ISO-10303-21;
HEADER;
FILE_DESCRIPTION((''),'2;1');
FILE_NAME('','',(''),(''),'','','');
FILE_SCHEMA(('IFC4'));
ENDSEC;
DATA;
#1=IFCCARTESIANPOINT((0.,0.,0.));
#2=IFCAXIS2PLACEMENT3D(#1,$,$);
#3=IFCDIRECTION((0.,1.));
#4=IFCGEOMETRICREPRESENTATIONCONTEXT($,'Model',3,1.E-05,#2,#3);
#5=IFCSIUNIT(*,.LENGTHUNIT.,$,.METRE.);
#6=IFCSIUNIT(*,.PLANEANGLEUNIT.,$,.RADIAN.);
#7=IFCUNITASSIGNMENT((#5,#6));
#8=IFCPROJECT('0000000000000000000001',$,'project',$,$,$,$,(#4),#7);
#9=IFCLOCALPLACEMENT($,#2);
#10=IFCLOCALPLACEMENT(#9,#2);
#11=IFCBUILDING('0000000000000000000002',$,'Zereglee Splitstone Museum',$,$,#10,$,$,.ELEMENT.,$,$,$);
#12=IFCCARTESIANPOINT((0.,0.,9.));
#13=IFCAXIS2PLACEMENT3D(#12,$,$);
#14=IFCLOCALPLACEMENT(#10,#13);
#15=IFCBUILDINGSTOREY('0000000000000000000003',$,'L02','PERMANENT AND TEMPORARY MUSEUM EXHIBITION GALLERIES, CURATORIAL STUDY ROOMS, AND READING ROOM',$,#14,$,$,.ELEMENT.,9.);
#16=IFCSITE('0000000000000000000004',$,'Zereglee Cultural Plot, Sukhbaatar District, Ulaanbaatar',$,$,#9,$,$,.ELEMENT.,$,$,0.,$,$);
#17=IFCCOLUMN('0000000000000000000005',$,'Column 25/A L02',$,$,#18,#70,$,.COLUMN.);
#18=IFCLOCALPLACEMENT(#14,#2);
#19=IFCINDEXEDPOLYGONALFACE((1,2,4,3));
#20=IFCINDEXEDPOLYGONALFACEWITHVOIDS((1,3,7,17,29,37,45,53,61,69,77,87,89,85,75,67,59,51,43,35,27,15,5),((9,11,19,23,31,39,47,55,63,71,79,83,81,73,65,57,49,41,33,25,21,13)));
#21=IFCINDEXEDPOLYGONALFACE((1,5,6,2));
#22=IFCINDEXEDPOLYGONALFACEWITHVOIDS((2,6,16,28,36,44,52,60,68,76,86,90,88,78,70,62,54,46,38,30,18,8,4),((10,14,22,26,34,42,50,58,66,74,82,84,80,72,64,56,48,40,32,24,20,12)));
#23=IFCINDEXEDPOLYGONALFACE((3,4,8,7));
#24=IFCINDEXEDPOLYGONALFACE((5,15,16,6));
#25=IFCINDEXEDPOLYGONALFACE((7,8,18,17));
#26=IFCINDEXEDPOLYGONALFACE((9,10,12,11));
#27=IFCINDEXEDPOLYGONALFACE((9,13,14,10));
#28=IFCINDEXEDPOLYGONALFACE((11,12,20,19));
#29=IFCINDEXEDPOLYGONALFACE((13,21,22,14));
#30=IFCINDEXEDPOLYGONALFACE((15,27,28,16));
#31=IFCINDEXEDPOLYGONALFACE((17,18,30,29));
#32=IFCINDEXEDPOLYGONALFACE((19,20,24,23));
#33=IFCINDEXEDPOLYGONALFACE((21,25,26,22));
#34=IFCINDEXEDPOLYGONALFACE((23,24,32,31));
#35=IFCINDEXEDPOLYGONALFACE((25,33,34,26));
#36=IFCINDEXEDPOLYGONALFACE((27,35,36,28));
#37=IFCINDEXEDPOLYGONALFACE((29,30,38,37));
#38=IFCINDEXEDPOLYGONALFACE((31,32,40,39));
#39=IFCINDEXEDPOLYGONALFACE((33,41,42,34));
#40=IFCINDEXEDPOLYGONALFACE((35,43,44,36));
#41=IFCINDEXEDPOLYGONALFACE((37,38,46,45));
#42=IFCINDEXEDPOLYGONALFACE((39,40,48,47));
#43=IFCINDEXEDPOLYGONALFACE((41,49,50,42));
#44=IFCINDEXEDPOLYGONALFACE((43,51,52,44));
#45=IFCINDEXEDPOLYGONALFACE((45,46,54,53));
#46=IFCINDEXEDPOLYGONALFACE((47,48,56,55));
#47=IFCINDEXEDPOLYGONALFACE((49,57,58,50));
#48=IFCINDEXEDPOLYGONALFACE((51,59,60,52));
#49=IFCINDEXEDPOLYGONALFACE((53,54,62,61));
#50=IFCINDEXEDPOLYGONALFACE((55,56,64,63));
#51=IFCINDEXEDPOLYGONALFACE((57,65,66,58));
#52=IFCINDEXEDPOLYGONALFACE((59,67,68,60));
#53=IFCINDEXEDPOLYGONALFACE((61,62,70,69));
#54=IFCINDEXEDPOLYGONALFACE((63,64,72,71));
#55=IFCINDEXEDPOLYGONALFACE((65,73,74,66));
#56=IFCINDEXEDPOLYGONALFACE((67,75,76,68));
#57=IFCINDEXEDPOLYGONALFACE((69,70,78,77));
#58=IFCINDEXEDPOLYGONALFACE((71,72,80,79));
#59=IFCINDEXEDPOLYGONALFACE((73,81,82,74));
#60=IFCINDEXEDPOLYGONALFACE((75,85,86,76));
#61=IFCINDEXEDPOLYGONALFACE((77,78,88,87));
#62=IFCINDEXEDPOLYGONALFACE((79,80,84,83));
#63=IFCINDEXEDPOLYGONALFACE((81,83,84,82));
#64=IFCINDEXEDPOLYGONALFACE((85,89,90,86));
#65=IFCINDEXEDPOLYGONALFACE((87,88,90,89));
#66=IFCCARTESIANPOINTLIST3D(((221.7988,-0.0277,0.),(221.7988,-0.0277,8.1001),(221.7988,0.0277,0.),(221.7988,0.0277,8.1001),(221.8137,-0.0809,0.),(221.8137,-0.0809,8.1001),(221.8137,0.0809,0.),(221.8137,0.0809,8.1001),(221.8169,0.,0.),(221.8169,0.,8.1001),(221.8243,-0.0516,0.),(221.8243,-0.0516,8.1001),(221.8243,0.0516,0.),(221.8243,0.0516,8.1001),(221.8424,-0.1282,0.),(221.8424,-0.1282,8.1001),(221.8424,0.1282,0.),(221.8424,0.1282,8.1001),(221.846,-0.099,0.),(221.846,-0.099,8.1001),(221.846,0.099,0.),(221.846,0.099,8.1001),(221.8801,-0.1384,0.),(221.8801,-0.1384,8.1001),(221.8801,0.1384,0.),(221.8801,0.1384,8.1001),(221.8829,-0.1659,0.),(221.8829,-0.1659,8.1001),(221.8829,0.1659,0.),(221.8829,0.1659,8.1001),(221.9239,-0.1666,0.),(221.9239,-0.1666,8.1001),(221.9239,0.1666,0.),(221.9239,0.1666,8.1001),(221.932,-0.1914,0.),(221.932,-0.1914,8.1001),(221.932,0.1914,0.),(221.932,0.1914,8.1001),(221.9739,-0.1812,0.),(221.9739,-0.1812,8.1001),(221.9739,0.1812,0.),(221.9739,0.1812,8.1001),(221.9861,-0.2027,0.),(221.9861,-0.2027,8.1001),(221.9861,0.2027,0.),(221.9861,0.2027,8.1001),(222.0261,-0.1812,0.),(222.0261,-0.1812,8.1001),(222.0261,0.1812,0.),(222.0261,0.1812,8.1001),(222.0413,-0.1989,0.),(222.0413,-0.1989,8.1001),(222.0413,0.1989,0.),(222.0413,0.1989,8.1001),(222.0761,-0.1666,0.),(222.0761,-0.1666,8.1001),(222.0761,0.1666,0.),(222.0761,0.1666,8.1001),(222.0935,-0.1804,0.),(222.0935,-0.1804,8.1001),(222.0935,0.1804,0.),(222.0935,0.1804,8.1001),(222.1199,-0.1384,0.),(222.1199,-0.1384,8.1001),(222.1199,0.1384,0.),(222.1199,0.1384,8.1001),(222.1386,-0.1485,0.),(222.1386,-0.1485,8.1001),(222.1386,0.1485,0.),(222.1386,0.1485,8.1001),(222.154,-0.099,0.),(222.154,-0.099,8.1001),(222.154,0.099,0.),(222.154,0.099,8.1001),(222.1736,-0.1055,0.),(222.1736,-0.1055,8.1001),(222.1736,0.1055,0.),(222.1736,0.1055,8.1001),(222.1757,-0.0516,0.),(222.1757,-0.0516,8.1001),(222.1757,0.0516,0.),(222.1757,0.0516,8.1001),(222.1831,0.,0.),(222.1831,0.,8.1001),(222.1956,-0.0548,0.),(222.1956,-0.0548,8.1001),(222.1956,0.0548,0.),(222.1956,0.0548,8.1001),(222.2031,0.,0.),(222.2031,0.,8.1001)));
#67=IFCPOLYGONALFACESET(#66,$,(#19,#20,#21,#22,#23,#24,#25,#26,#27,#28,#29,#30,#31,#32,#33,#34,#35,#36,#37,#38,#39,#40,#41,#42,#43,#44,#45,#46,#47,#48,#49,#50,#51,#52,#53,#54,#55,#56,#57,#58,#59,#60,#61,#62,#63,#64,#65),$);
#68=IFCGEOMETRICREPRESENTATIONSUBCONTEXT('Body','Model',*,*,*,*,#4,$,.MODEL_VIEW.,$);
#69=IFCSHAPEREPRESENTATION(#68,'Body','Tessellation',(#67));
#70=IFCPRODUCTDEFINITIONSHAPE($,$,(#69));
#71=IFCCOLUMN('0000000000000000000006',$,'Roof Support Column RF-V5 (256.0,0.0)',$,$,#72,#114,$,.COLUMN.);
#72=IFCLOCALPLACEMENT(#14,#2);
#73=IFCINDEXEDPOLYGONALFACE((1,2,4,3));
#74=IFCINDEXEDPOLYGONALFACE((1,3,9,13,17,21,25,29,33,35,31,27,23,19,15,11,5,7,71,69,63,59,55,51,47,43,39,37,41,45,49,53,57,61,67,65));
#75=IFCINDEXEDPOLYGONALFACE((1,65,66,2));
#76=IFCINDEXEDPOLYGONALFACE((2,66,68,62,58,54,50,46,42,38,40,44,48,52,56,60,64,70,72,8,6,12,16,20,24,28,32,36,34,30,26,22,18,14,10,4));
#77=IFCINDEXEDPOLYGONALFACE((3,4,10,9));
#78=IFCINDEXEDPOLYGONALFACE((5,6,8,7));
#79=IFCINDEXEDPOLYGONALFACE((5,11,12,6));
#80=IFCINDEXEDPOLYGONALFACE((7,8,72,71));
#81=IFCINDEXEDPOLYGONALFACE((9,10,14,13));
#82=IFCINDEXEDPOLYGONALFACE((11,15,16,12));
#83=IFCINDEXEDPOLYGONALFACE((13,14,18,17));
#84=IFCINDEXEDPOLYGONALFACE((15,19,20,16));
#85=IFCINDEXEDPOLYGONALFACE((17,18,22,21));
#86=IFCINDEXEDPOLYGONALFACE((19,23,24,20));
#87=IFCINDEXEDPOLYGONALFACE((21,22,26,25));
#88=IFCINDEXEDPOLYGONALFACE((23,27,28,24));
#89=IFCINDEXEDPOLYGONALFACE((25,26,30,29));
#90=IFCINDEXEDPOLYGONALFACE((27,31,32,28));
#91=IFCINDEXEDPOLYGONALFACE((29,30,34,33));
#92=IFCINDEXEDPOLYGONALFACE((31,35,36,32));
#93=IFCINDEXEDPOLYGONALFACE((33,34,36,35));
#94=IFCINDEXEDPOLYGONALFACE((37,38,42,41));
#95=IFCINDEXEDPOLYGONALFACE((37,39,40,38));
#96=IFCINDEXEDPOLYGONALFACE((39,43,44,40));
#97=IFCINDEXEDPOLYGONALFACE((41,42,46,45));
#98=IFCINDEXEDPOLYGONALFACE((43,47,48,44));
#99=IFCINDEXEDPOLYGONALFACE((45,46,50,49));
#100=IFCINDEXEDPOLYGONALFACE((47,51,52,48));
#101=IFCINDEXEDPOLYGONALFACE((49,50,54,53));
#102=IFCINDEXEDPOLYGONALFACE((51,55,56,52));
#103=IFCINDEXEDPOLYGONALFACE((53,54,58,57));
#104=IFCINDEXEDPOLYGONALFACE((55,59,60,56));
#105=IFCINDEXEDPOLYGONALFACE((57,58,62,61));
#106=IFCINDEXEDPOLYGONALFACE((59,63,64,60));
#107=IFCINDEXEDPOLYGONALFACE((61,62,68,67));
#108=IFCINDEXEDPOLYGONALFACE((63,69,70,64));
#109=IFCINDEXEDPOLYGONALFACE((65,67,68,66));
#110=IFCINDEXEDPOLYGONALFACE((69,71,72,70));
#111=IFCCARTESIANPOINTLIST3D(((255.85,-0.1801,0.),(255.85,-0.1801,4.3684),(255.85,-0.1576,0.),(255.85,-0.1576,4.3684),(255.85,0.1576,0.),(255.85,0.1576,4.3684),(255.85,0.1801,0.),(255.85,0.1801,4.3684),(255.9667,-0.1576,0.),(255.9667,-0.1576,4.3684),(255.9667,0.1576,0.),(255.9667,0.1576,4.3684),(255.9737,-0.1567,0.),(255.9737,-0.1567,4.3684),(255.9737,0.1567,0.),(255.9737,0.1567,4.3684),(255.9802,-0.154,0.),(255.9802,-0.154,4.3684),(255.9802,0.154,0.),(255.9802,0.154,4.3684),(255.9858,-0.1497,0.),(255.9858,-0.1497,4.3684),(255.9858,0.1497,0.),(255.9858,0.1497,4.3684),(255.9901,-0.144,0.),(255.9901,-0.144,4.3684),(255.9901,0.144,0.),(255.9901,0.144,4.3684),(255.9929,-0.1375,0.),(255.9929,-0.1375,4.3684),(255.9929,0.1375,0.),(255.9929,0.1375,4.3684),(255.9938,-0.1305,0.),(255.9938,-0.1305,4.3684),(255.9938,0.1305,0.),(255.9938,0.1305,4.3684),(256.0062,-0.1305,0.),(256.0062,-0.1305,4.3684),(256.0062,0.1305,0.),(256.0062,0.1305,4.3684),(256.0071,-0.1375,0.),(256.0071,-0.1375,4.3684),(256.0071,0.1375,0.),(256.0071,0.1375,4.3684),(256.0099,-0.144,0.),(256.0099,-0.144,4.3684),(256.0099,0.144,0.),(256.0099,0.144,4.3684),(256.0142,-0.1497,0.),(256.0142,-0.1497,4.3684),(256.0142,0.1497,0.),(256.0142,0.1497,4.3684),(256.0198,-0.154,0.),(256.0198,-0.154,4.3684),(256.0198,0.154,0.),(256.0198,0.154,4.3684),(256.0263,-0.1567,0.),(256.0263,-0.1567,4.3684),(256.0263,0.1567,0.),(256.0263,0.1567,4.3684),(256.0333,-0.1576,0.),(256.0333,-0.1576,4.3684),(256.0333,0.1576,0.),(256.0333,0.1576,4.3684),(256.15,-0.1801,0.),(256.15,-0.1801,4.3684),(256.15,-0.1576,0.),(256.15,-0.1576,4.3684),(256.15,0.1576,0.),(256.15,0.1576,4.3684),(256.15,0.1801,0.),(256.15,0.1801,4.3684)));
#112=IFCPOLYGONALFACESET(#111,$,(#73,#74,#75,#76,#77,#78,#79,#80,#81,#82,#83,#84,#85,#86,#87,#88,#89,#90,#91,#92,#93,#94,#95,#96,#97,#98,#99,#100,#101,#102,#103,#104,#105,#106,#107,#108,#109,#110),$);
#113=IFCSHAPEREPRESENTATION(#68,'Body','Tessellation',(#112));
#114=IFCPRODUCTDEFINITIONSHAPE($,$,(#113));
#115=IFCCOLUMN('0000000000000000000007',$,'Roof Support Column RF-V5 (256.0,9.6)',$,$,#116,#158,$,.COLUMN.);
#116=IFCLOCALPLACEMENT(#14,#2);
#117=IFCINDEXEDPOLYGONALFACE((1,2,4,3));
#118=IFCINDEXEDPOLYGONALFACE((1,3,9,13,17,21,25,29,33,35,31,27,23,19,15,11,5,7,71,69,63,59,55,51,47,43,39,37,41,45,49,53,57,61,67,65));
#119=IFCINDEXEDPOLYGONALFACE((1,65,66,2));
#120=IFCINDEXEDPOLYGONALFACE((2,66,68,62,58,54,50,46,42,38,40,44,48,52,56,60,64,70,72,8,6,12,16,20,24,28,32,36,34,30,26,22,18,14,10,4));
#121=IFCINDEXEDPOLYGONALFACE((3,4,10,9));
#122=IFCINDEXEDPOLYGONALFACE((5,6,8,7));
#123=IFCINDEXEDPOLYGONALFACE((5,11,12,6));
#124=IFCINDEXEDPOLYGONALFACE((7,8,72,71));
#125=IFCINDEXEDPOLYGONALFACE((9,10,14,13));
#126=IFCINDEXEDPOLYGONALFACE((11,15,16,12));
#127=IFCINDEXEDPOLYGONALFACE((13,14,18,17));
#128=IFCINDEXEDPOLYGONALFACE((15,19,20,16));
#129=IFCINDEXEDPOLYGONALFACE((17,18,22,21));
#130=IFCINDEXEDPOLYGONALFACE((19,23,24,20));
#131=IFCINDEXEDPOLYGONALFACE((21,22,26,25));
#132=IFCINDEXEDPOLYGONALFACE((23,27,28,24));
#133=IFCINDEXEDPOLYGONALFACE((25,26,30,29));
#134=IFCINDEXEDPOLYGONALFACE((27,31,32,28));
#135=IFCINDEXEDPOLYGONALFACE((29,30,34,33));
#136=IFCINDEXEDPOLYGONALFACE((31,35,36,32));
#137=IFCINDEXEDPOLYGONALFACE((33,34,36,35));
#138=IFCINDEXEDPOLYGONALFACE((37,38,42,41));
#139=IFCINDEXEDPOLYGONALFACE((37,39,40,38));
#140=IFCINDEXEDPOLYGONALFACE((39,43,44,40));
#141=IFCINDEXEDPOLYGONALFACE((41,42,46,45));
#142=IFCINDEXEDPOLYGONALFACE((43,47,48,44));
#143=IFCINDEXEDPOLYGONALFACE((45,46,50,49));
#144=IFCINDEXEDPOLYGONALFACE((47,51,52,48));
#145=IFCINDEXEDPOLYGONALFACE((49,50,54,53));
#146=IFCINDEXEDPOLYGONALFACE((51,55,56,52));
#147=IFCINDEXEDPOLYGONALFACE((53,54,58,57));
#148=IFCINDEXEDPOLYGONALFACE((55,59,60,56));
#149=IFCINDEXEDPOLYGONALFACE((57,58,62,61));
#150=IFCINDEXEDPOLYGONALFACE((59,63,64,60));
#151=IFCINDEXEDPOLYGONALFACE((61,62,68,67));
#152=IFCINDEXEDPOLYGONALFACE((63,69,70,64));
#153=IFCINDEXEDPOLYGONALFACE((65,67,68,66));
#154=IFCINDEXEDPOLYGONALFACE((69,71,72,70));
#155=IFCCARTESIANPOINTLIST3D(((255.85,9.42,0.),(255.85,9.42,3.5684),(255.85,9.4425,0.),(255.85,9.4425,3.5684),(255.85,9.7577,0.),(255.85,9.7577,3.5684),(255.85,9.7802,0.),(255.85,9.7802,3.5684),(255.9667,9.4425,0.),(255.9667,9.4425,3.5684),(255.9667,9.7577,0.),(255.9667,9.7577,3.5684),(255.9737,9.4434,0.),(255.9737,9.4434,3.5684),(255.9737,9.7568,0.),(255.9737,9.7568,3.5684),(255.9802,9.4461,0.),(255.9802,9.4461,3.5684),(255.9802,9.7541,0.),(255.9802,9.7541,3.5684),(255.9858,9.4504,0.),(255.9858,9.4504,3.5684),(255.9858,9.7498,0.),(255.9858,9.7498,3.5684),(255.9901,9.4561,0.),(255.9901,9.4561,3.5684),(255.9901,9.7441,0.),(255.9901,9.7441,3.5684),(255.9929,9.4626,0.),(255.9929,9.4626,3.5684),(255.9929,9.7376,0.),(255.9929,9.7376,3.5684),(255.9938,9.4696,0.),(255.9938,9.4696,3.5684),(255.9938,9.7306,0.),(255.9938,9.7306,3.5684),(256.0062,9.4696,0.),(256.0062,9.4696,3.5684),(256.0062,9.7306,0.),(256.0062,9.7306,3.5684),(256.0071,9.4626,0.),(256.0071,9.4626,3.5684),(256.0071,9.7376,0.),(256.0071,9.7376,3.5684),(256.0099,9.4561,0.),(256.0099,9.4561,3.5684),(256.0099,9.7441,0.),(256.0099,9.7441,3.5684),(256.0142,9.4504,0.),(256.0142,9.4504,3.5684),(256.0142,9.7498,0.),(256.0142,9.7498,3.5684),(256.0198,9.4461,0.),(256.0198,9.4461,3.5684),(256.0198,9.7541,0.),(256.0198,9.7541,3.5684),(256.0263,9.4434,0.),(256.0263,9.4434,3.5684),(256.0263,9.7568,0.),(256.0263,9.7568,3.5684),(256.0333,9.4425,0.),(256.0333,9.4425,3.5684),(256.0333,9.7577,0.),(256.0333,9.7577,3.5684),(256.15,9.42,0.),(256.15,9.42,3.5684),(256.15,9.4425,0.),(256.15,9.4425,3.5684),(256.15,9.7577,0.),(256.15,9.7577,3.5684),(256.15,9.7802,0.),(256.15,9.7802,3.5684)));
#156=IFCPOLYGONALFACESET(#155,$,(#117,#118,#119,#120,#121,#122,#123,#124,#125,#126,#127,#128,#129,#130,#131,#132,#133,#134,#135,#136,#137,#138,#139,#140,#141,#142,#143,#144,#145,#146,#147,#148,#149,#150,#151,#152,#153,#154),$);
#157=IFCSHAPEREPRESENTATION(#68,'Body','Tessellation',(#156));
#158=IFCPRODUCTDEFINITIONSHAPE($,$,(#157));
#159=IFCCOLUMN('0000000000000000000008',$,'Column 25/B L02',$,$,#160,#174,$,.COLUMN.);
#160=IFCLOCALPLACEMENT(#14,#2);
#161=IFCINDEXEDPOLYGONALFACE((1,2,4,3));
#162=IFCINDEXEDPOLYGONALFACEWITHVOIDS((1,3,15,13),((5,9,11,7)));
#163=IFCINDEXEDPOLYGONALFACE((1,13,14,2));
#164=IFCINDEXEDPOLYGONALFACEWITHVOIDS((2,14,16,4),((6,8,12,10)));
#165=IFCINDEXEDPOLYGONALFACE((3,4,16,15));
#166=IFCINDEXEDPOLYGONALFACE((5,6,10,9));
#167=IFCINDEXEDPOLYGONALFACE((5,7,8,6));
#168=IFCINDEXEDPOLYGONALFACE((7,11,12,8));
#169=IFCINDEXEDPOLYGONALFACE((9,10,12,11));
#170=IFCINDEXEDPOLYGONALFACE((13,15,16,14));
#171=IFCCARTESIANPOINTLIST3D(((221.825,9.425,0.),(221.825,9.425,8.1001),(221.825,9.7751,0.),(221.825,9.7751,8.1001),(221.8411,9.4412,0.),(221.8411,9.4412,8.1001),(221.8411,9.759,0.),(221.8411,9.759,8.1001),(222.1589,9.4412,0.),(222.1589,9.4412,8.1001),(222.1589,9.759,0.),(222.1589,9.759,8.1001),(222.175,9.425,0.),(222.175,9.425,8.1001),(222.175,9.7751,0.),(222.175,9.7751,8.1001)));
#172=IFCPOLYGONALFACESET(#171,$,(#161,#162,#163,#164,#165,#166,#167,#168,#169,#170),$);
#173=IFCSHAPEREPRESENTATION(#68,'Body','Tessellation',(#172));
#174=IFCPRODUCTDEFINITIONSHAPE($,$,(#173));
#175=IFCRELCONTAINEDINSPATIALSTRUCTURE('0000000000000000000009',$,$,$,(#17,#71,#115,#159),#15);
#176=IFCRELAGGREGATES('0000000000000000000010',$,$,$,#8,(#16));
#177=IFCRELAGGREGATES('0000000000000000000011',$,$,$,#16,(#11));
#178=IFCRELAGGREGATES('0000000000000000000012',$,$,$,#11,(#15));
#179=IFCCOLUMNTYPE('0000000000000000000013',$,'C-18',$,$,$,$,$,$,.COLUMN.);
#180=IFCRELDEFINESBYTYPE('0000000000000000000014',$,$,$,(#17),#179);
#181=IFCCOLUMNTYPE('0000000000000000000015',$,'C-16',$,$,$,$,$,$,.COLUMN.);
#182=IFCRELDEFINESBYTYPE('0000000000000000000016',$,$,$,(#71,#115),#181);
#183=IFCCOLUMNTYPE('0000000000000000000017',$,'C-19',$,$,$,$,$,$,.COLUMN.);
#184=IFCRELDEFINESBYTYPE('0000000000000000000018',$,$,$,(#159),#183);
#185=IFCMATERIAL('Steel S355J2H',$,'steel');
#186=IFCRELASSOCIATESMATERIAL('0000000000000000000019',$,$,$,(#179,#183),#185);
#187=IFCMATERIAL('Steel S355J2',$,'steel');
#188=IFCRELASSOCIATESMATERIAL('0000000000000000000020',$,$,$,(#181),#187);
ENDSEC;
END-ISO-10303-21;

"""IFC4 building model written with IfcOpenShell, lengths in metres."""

from ifc_helpers import new_model, si_unit, direction, frame, origin, origin_2d, place, context, subcontext, project, spatial, hollow_rectangle, hollow_circle, i_section, extrude, material, material_profile, profile_set, type_object, element, save


model = new_model("IFC4")

# Units and contexts
model_context = context("Model", 3, precision=1e-05, world=origin(), true_north=direction((0.0, 1.0)))
body_context = subcontext(model_context, "Body", "Model", "MODEL_VIEW")
ifc_project = project(units=[si_unit("LENGTHUNIT", "METRE"), si_unit("PLANEANGLEUNIT", "RADIAN")], contexts=[model_context])

# Site, building, storey
site_placement = place(None, origin())
site = spatial("IfcSite", under=ifc_project, at=site_placement, Name="Zereglee Cultural Plot, Sukhbaatar District, Ulaanbaatar", CompositionType="ELEMENT", RefElevation=0.0)
building_placement = place(site_placement, origin())
building = spatial("IfcBuilding", under=site, at=building_placement, Name="Zereglee Splitstone Museum", CompositionType="ELEMENT")
storey_placement = place(building_placement, frame((0.0, 0.0, 9.0)))
storey = spatial("IfcBuildingStorey", under=building, at=storey_placement, Name="L02", Description="PERMANENT AND TEMPORARY MUSEUM EXHIBITION GALLERIES, CURATORIAL STUDY ROOMS, AND READING ROOM", CompositionType="ELEMENT", Elevation=9.0)

# Columns
ifc_material_1 = material(Name="Steel S355J2H", Category="steel")
ifc_material_profile_1 = material_profile(ifc_material_1, hollow_circle(Radius=0.2031, WallThickness=0.02, at=origin_2d()), Name="CHS 406.4x20")
ifc_profile_set_1 = profile_set([ifc_material_profile_1], Name="Steel S355J2H")
column_type_1 = type_object("IfcColumnType", Name="C-18", PredefinedType="COLUMN", material=ifc_profile_set_1)
column_1_placement = place(storey_placement, frame((222.0, 0.0, 0.0), z_axis=(0.0, 0.0, 1.0), x_axis=(1.0, 0.0, 0.0)))
element("IfcColumn", 1, at=column_1_placement, inside=storey, type_object=column_type_1, Name="Column 25/A L02", PredefinedType="COLUMN", context=body_context, shape_type="SweptSolid", body=[
    extrude(hollow_circle(Radius=0.2031, WallThickness=0.02, at=origin_2d()), origin(), (0.0, 0.0, 1.0), 8.1001),
])
ifc_material_2 = material(Name="Steel S355J2", Category="steel")
ifc_material_profile_2 = material_profile(ifc_material_2, i_section(OverallWidth=0.3, OverallDepth=0.3601, WebThickness=0.0125, FlangeThickness=0.0225, FilletRadius=0.0271, at=origin_2d()), Name="HE 360 B")
ifc_profile_set_2 = profile_set([ifc_material_profile_2], Name="Steel S355J2")
column_type_2 = type_object("IfcColumnType", Name="C-16", PredefinedType="COLUMN", material=ifc_profile_set_2)
column_2_placement = place(storey_placement, frame((256.0, 0.0, 0.0), z_axis=(0.0, 0.0, 1.0), x_axis=(1.0, 0.0, 0.0)))
element("IfcColumn", 2, at=column_2_placement, inside=storey, type_object=column_type_2, Name="Roof Support Column RF-V5 (256.0,0.0)", PredefinedType="COLUMN", context=body_context, shape_type="SweptSolid", body=[
    extrude(i_section(OverallWidth=0.3, OverallDepth=0.3601, WebThickness=0.0125, FlangeThickness=0.0225, FilletRadius=0.0271, at=origin_2d()), origin(), (0.0, 0.0, 1.0), 4.3684),
])
column_3_placement = place(storey_placement, frame((256.0, 9.6001, 0.0), z_axis=(0.0, 0.0, 1.0), x_axis=(1.0, 0.0, 0.0)))
element("IfcColumn", 3, at=column_3_placement, inside=storey, type_object=column_type_2, Name="Roof Support Column RF-V5 (256.0,9.6)", PredefinedType="COLUMN", context=body_context, shape_type="SweptSolid", body=[
    extrude(i_section(OverallWidth=0.3, OverallDepth=0.3601, WebThickness=0.0125, FlangeThickness=0.0225, FilletRadius=0.0271, at=origin_2d()), origin(), (0.0, 0.0, 1.0), 3.5684),
])
ifc_material_profile_3 = material_profile(ifc_material_1, hollow_rectangle(XDim=0.3501, YDim=0.3501, WallThickness=0.0161, at=origin_2d()), Name="SHS 350x350x16")
ifc_profile_set_3 = profile_set([ifc_material_profile_3], Name="Steel S355J2H")
column_type_3 = type_object("IfcColumnType", Name="C-19", PredefinedType="COLUMN", material=ifc_profile_set_3)
column_4_placement = place(storey_placement, frame((222.0, 9.6001, 0.0), z_axis=(0.0, 0.0, 1.0), x_axis=(1.0, 0.0, 0.0)))
element("IfcColumn", 4, at=column_4_placement, inside=storey, type_object=column_type_3, Name="Column 25/B L02", PredefinedType="COLUMN", context=body_context, shape_type="SweptSolid", body=[
    extrude(hollow_rectangle(XDim=0.3501, YDim=0.3501, WallThickness=0.0161, at=origin_2d()), origin(), (0.0, 0.0, 1.0), 8.1001),
])

save(model, "model.ifc")
